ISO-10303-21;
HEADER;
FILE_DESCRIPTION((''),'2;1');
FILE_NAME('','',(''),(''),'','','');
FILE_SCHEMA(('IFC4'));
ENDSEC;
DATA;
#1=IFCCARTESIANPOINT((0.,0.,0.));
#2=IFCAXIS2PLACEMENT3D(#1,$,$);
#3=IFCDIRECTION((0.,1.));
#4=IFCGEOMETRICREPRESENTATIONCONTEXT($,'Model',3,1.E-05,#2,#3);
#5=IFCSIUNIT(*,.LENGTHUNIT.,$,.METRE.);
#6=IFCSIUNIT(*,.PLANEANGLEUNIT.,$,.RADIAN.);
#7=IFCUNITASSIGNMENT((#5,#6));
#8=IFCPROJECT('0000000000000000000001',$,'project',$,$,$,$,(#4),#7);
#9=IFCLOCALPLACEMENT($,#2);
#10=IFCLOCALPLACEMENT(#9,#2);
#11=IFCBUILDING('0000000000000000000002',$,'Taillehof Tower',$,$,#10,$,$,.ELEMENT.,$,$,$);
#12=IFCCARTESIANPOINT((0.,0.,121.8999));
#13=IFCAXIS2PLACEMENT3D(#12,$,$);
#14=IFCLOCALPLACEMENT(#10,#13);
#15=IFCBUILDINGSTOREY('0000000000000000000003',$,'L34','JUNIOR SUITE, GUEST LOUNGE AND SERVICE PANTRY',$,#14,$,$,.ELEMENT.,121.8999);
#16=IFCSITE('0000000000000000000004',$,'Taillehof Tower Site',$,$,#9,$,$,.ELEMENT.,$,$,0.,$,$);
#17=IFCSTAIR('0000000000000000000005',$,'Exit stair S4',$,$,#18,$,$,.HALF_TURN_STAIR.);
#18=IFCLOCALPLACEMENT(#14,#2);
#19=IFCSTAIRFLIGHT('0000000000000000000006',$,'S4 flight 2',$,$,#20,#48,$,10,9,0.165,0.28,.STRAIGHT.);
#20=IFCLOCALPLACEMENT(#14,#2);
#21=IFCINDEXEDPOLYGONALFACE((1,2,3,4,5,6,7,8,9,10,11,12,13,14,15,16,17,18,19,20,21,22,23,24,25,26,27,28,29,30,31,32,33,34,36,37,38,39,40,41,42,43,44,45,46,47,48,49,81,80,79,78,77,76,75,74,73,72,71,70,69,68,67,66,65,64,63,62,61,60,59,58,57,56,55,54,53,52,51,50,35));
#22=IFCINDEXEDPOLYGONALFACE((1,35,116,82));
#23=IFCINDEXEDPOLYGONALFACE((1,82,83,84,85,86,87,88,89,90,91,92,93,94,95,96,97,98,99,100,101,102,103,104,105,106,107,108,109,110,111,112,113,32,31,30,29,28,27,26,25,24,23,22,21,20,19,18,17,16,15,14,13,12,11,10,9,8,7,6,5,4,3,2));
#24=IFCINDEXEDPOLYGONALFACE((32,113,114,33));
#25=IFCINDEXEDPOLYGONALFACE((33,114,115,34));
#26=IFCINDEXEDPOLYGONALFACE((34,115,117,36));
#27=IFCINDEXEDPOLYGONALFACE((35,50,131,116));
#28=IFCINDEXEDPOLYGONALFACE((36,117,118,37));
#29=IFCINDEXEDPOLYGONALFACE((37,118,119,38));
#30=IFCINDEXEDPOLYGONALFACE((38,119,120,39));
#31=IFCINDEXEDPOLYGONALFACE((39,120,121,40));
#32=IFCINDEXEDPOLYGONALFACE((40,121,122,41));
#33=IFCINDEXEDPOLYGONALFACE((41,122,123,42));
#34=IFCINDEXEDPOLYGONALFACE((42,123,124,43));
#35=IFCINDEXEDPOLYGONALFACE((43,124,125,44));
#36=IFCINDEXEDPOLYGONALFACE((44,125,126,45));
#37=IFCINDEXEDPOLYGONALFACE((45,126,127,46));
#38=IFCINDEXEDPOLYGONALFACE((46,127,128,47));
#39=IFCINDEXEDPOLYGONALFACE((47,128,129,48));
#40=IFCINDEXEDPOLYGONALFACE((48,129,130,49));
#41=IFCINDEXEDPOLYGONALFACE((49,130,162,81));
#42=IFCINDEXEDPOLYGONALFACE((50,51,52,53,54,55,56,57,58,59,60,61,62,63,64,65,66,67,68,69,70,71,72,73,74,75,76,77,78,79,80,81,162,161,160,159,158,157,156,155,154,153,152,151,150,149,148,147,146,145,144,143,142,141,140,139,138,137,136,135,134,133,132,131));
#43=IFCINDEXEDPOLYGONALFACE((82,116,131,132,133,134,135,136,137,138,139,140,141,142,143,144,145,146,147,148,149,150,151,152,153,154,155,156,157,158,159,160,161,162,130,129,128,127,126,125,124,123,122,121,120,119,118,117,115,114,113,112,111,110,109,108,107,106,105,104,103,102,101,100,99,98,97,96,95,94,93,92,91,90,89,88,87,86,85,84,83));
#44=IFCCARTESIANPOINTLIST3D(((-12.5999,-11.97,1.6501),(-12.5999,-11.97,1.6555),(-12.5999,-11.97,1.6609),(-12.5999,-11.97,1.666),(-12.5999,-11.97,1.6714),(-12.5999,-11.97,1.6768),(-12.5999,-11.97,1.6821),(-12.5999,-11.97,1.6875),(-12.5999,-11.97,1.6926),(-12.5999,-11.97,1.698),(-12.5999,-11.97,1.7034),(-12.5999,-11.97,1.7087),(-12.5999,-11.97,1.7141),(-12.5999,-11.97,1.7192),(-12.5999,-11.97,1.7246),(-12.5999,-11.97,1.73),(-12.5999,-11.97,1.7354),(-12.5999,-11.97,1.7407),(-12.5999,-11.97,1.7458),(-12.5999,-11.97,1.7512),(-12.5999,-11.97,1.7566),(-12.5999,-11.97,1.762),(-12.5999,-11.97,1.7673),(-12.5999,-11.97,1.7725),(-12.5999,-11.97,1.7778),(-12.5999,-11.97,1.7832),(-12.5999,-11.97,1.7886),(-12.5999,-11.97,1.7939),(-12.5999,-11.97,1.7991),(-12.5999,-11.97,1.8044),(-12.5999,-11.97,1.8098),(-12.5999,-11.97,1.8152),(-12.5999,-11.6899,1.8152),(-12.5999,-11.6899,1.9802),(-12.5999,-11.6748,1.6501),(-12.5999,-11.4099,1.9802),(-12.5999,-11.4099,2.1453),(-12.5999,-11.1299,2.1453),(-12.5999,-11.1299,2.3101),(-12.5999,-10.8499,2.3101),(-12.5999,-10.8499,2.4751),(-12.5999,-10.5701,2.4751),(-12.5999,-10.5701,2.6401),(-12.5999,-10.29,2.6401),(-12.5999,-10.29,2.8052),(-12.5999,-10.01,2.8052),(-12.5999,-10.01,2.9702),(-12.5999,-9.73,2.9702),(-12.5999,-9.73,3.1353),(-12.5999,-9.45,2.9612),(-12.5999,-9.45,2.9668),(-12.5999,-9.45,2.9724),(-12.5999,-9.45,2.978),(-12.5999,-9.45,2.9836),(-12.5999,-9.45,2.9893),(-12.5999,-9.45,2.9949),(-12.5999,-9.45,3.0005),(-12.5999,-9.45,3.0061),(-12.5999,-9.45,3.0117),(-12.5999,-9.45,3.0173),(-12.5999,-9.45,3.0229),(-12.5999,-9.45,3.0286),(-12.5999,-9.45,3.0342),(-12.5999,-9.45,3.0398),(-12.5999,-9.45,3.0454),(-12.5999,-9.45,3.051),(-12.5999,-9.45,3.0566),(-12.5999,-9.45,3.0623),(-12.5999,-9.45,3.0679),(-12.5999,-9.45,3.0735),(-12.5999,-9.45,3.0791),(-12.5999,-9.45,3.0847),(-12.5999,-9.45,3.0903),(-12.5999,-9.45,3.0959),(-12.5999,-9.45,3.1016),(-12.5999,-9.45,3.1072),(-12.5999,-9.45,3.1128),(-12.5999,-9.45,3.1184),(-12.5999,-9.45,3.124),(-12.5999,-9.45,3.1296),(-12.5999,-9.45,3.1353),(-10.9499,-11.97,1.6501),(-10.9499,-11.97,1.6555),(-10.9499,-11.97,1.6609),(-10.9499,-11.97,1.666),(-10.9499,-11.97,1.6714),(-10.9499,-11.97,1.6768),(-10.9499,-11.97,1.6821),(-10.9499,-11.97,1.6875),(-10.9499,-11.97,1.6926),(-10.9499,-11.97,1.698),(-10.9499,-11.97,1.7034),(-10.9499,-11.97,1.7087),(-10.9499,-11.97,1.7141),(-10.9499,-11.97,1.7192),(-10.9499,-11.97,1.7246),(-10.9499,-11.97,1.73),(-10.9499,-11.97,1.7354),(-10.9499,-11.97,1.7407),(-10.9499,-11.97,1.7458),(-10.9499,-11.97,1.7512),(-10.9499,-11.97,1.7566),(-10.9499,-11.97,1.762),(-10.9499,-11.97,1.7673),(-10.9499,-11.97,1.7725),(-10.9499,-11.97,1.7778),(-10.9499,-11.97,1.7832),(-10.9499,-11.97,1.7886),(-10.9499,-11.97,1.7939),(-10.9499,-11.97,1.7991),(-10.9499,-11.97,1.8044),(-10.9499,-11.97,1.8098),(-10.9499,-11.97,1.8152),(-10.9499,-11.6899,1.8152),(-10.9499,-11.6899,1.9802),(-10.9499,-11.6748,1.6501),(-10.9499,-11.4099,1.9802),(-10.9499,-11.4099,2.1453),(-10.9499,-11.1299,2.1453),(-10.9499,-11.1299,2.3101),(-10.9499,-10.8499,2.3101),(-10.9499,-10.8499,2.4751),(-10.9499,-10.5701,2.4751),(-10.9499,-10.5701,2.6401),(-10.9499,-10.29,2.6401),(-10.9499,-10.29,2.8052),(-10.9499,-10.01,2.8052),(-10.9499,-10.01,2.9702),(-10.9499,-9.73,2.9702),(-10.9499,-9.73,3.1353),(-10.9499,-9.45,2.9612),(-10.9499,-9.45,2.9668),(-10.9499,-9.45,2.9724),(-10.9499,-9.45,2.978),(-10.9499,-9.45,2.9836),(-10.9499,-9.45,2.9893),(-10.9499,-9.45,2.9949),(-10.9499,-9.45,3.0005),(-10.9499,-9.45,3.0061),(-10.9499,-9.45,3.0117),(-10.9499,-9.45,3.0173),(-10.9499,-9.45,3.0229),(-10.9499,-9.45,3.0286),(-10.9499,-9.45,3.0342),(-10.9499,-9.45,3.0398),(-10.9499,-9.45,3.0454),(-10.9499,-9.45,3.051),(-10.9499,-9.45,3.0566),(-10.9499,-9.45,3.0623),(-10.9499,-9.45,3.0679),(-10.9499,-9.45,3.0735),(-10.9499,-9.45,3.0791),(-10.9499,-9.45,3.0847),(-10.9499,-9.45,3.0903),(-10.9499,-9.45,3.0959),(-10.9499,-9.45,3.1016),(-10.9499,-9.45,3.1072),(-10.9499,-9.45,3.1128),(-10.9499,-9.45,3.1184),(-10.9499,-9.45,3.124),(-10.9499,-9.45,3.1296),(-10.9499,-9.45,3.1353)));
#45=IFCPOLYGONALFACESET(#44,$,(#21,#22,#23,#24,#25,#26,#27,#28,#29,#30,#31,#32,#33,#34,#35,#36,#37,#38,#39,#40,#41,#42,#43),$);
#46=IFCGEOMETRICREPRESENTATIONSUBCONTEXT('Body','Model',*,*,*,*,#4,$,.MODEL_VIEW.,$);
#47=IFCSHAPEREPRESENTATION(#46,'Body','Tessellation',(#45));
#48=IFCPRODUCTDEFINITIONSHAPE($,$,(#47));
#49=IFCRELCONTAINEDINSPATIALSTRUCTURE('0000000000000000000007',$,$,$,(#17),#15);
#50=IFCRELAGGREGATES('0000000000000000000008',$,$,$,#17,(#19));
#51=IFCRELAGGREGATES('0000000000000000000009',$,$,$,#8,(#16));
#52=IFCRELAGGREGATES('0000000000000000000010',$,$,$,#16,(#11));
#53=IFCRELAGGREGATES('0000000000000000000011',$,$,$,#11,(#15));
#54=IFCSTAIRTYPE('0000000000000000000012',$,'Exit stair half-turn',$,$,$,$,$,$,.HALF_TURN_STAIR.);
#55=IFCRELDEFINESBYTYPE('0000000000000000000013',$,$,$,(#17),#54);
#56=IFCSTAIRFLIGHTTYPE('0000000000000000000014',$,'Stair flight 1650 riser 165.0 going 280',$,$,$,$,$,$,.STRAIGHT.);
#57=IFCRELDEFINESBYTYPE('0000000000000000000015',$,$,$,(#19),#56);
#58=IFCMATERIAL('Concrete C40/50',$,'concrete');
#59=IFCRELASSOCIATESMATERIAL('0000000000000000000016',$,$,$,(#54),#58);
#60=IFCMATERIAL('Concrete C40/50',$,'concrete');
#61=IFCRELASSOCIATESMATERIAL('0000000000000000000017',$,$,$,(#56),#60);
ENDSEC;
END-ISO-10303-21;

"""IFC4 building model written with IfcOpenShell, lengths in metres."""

from ifc_helpers import new_model, si_unit, direction, frame, origin, place, context, subcontext, project, spatial, polyline, outline, extrude, material, type_object, element, aggregate, save


model = new_model("IFC4")

# Units and contexts
model_context = context("Model", 3, precision=1e-05, world=origin(), true_north=direction((0.0, 1.0)))
body_context = subcontext(model_context, "Body", "Model", "MODEL_VIEW")
ifc_project = project(units=[si_unit("LENGTHUNIT", "METRE"), si_unit("PLANEANGLEUNIT", "RADIAN")], contexts=[model_context])

# Site, building, storey
site_placement = place(None, origin())
site = spatial("IfcSite", under=ifc_project, at=site_placement, Name="Taillehof Tower Site", CompositionType="ELEMENT", RefElevation=0.0)
building_placement = place(site_placement, origin())
building = spatial("IfcBuilding", under=site, at=building_placement, Name="Taillehof Tower", CompositionType="ELEMENT")
storey_placement = place(building_placement, frame((0.0, 0.0, 121.8999)))
storey = spatial("IfcBuildingStorey", under=building, at=storey_placement, Name="L34", Description="JUNIOR SUITE, GUEST LOUNGE AND SERVICE PANTRY", CompositionType="ELEMENT", Elevation=121.8999)

# Stair, stair flight
ifc_material_1 = material(Name="Concrete C40/50", Category="concrete")
stair_type = type_object("IfcStairType", Name="Exit stair half-turn", PredefinedType="HALF_TURN_STAIR", material=ifc_material_1)
stair_placement = place(storey_placement, origin())
stair = element("IfcStair", 1, at=stair_placement, inside=storey, type_object=stair_type, Name="Exit stair S4", PredefinedType="HALF_TURN_STAIR")
ifc_material_2 = material(Name="Concrete C40/50", Category="concrete")
stair_flight_type = type_object("IfcStairFlightType", Name="Stair flight 1650 riser 165.0 going 280", PredefinedType="STRAIGHT", material=ifc_material_2)
stair_flight_placement = place(storey_placement, frame((-11.7749, -11.97, 1.6501), z_axis=(0.0, 0.0, 1.0), x_axis=(0.0, 1.0, 0.0)))
stair_flight = element("IfcStairFlight", 2, at=stair_flight_placement, type_object=stair_flight_type, Name="S4 flight 2", NumberOfRisers=10, NumberOfTreads=9, PredefinedType="STRAIGHT", RiserHeight=0.165, TreadLength=0.28, context=body_context, shape_type="SweptSolid", body=[
    extrude(outline(polyline([(0.0, 0.0), (0.0, 0.0054), (0.0, 0.0107), (0.0, 0.0159), (0.0, 0.0212), (0.0, 0.0266), (0.0, 0.032), (0.0, 0.0374), (0.0, 0.0425), (0.0, 0.0479), (0.0, 0.0532), (0.0, 0.0586), (0.0, 0.064), (0.0, 0.0691), (0.0, 0.0745), (0.0, 0.0798), (0.0, 0.0852), (0.0, 0.0906), (0.0, 0.0957), (0.0, 0.1011), (0.0, 0.1064), (0.0, 0.1118), (0.0, 0.1172), (0.0, 0.1223), (0.0, 0.1277), (0.0, 0.1331), (0.0, 0.1384), (0.0, 0.1438), (0.0, 0.1489), (0.0, 0.1543), (0.0, 0.1597), (0.0, 0.165), (0.28, 0.165), (0.28, 0.3301), (0.5601, 0.3301), (0.5601, 0.4951), (0.8401, 0.4951), (0.8401, 0.6599), (1.1201, 0.6599), (1.1201, 0.825), (1.3999, 0.825), (1.3999, 0.99), (1.6799, 0.99), (1.6799, 1.155), (1.96, 1.155), (1.96, 1.3201), (2.24, 1.3201), (2.24, 1.4851), (2.52, 1.4851), (2.52, 1.4795), (2.52, 1.4739), (2.52, 1.4683), (2.52, 1.4626), (2.52, 1.457), (2.52, 1.4514), (2.52, 1.4458), (2.52, 1.4402), (2.52, 1.4346), (2.52, 1.429), (2.52, 1.4233), (2.52, 1.4177), (2.52, 1.4121), (2.52, 1.4065), (2.52, 1.4009), (2.52, 1.3953), (2.52, 1.3896), (2.52, 1.384), (2.52, 1.3784), (2.52, 1.3728), (2.52, 1.3672), (2.52, 1.3616), (2.52, 1.356), (2.52, 1.3503), (2.52, 1.3447), (2.52, 1.3391), (2.52, 1.3335), (2.52, 1.3279), (2.52, 1.3223), (2.52, 1.3167), (2.52, 1.311), (0.2952, 0.0), (0.0, 0.0)])), frame((0.0, 0.825, 0.0), z_axis=(0.0, -1.0, 0.0), x_axis=(1.0, 0.0, 0.0)), (0.0, 0.0, 1.0), 1.65),
])
aggregate(stair, [stair_flight])

save(model, "model.ifc")
